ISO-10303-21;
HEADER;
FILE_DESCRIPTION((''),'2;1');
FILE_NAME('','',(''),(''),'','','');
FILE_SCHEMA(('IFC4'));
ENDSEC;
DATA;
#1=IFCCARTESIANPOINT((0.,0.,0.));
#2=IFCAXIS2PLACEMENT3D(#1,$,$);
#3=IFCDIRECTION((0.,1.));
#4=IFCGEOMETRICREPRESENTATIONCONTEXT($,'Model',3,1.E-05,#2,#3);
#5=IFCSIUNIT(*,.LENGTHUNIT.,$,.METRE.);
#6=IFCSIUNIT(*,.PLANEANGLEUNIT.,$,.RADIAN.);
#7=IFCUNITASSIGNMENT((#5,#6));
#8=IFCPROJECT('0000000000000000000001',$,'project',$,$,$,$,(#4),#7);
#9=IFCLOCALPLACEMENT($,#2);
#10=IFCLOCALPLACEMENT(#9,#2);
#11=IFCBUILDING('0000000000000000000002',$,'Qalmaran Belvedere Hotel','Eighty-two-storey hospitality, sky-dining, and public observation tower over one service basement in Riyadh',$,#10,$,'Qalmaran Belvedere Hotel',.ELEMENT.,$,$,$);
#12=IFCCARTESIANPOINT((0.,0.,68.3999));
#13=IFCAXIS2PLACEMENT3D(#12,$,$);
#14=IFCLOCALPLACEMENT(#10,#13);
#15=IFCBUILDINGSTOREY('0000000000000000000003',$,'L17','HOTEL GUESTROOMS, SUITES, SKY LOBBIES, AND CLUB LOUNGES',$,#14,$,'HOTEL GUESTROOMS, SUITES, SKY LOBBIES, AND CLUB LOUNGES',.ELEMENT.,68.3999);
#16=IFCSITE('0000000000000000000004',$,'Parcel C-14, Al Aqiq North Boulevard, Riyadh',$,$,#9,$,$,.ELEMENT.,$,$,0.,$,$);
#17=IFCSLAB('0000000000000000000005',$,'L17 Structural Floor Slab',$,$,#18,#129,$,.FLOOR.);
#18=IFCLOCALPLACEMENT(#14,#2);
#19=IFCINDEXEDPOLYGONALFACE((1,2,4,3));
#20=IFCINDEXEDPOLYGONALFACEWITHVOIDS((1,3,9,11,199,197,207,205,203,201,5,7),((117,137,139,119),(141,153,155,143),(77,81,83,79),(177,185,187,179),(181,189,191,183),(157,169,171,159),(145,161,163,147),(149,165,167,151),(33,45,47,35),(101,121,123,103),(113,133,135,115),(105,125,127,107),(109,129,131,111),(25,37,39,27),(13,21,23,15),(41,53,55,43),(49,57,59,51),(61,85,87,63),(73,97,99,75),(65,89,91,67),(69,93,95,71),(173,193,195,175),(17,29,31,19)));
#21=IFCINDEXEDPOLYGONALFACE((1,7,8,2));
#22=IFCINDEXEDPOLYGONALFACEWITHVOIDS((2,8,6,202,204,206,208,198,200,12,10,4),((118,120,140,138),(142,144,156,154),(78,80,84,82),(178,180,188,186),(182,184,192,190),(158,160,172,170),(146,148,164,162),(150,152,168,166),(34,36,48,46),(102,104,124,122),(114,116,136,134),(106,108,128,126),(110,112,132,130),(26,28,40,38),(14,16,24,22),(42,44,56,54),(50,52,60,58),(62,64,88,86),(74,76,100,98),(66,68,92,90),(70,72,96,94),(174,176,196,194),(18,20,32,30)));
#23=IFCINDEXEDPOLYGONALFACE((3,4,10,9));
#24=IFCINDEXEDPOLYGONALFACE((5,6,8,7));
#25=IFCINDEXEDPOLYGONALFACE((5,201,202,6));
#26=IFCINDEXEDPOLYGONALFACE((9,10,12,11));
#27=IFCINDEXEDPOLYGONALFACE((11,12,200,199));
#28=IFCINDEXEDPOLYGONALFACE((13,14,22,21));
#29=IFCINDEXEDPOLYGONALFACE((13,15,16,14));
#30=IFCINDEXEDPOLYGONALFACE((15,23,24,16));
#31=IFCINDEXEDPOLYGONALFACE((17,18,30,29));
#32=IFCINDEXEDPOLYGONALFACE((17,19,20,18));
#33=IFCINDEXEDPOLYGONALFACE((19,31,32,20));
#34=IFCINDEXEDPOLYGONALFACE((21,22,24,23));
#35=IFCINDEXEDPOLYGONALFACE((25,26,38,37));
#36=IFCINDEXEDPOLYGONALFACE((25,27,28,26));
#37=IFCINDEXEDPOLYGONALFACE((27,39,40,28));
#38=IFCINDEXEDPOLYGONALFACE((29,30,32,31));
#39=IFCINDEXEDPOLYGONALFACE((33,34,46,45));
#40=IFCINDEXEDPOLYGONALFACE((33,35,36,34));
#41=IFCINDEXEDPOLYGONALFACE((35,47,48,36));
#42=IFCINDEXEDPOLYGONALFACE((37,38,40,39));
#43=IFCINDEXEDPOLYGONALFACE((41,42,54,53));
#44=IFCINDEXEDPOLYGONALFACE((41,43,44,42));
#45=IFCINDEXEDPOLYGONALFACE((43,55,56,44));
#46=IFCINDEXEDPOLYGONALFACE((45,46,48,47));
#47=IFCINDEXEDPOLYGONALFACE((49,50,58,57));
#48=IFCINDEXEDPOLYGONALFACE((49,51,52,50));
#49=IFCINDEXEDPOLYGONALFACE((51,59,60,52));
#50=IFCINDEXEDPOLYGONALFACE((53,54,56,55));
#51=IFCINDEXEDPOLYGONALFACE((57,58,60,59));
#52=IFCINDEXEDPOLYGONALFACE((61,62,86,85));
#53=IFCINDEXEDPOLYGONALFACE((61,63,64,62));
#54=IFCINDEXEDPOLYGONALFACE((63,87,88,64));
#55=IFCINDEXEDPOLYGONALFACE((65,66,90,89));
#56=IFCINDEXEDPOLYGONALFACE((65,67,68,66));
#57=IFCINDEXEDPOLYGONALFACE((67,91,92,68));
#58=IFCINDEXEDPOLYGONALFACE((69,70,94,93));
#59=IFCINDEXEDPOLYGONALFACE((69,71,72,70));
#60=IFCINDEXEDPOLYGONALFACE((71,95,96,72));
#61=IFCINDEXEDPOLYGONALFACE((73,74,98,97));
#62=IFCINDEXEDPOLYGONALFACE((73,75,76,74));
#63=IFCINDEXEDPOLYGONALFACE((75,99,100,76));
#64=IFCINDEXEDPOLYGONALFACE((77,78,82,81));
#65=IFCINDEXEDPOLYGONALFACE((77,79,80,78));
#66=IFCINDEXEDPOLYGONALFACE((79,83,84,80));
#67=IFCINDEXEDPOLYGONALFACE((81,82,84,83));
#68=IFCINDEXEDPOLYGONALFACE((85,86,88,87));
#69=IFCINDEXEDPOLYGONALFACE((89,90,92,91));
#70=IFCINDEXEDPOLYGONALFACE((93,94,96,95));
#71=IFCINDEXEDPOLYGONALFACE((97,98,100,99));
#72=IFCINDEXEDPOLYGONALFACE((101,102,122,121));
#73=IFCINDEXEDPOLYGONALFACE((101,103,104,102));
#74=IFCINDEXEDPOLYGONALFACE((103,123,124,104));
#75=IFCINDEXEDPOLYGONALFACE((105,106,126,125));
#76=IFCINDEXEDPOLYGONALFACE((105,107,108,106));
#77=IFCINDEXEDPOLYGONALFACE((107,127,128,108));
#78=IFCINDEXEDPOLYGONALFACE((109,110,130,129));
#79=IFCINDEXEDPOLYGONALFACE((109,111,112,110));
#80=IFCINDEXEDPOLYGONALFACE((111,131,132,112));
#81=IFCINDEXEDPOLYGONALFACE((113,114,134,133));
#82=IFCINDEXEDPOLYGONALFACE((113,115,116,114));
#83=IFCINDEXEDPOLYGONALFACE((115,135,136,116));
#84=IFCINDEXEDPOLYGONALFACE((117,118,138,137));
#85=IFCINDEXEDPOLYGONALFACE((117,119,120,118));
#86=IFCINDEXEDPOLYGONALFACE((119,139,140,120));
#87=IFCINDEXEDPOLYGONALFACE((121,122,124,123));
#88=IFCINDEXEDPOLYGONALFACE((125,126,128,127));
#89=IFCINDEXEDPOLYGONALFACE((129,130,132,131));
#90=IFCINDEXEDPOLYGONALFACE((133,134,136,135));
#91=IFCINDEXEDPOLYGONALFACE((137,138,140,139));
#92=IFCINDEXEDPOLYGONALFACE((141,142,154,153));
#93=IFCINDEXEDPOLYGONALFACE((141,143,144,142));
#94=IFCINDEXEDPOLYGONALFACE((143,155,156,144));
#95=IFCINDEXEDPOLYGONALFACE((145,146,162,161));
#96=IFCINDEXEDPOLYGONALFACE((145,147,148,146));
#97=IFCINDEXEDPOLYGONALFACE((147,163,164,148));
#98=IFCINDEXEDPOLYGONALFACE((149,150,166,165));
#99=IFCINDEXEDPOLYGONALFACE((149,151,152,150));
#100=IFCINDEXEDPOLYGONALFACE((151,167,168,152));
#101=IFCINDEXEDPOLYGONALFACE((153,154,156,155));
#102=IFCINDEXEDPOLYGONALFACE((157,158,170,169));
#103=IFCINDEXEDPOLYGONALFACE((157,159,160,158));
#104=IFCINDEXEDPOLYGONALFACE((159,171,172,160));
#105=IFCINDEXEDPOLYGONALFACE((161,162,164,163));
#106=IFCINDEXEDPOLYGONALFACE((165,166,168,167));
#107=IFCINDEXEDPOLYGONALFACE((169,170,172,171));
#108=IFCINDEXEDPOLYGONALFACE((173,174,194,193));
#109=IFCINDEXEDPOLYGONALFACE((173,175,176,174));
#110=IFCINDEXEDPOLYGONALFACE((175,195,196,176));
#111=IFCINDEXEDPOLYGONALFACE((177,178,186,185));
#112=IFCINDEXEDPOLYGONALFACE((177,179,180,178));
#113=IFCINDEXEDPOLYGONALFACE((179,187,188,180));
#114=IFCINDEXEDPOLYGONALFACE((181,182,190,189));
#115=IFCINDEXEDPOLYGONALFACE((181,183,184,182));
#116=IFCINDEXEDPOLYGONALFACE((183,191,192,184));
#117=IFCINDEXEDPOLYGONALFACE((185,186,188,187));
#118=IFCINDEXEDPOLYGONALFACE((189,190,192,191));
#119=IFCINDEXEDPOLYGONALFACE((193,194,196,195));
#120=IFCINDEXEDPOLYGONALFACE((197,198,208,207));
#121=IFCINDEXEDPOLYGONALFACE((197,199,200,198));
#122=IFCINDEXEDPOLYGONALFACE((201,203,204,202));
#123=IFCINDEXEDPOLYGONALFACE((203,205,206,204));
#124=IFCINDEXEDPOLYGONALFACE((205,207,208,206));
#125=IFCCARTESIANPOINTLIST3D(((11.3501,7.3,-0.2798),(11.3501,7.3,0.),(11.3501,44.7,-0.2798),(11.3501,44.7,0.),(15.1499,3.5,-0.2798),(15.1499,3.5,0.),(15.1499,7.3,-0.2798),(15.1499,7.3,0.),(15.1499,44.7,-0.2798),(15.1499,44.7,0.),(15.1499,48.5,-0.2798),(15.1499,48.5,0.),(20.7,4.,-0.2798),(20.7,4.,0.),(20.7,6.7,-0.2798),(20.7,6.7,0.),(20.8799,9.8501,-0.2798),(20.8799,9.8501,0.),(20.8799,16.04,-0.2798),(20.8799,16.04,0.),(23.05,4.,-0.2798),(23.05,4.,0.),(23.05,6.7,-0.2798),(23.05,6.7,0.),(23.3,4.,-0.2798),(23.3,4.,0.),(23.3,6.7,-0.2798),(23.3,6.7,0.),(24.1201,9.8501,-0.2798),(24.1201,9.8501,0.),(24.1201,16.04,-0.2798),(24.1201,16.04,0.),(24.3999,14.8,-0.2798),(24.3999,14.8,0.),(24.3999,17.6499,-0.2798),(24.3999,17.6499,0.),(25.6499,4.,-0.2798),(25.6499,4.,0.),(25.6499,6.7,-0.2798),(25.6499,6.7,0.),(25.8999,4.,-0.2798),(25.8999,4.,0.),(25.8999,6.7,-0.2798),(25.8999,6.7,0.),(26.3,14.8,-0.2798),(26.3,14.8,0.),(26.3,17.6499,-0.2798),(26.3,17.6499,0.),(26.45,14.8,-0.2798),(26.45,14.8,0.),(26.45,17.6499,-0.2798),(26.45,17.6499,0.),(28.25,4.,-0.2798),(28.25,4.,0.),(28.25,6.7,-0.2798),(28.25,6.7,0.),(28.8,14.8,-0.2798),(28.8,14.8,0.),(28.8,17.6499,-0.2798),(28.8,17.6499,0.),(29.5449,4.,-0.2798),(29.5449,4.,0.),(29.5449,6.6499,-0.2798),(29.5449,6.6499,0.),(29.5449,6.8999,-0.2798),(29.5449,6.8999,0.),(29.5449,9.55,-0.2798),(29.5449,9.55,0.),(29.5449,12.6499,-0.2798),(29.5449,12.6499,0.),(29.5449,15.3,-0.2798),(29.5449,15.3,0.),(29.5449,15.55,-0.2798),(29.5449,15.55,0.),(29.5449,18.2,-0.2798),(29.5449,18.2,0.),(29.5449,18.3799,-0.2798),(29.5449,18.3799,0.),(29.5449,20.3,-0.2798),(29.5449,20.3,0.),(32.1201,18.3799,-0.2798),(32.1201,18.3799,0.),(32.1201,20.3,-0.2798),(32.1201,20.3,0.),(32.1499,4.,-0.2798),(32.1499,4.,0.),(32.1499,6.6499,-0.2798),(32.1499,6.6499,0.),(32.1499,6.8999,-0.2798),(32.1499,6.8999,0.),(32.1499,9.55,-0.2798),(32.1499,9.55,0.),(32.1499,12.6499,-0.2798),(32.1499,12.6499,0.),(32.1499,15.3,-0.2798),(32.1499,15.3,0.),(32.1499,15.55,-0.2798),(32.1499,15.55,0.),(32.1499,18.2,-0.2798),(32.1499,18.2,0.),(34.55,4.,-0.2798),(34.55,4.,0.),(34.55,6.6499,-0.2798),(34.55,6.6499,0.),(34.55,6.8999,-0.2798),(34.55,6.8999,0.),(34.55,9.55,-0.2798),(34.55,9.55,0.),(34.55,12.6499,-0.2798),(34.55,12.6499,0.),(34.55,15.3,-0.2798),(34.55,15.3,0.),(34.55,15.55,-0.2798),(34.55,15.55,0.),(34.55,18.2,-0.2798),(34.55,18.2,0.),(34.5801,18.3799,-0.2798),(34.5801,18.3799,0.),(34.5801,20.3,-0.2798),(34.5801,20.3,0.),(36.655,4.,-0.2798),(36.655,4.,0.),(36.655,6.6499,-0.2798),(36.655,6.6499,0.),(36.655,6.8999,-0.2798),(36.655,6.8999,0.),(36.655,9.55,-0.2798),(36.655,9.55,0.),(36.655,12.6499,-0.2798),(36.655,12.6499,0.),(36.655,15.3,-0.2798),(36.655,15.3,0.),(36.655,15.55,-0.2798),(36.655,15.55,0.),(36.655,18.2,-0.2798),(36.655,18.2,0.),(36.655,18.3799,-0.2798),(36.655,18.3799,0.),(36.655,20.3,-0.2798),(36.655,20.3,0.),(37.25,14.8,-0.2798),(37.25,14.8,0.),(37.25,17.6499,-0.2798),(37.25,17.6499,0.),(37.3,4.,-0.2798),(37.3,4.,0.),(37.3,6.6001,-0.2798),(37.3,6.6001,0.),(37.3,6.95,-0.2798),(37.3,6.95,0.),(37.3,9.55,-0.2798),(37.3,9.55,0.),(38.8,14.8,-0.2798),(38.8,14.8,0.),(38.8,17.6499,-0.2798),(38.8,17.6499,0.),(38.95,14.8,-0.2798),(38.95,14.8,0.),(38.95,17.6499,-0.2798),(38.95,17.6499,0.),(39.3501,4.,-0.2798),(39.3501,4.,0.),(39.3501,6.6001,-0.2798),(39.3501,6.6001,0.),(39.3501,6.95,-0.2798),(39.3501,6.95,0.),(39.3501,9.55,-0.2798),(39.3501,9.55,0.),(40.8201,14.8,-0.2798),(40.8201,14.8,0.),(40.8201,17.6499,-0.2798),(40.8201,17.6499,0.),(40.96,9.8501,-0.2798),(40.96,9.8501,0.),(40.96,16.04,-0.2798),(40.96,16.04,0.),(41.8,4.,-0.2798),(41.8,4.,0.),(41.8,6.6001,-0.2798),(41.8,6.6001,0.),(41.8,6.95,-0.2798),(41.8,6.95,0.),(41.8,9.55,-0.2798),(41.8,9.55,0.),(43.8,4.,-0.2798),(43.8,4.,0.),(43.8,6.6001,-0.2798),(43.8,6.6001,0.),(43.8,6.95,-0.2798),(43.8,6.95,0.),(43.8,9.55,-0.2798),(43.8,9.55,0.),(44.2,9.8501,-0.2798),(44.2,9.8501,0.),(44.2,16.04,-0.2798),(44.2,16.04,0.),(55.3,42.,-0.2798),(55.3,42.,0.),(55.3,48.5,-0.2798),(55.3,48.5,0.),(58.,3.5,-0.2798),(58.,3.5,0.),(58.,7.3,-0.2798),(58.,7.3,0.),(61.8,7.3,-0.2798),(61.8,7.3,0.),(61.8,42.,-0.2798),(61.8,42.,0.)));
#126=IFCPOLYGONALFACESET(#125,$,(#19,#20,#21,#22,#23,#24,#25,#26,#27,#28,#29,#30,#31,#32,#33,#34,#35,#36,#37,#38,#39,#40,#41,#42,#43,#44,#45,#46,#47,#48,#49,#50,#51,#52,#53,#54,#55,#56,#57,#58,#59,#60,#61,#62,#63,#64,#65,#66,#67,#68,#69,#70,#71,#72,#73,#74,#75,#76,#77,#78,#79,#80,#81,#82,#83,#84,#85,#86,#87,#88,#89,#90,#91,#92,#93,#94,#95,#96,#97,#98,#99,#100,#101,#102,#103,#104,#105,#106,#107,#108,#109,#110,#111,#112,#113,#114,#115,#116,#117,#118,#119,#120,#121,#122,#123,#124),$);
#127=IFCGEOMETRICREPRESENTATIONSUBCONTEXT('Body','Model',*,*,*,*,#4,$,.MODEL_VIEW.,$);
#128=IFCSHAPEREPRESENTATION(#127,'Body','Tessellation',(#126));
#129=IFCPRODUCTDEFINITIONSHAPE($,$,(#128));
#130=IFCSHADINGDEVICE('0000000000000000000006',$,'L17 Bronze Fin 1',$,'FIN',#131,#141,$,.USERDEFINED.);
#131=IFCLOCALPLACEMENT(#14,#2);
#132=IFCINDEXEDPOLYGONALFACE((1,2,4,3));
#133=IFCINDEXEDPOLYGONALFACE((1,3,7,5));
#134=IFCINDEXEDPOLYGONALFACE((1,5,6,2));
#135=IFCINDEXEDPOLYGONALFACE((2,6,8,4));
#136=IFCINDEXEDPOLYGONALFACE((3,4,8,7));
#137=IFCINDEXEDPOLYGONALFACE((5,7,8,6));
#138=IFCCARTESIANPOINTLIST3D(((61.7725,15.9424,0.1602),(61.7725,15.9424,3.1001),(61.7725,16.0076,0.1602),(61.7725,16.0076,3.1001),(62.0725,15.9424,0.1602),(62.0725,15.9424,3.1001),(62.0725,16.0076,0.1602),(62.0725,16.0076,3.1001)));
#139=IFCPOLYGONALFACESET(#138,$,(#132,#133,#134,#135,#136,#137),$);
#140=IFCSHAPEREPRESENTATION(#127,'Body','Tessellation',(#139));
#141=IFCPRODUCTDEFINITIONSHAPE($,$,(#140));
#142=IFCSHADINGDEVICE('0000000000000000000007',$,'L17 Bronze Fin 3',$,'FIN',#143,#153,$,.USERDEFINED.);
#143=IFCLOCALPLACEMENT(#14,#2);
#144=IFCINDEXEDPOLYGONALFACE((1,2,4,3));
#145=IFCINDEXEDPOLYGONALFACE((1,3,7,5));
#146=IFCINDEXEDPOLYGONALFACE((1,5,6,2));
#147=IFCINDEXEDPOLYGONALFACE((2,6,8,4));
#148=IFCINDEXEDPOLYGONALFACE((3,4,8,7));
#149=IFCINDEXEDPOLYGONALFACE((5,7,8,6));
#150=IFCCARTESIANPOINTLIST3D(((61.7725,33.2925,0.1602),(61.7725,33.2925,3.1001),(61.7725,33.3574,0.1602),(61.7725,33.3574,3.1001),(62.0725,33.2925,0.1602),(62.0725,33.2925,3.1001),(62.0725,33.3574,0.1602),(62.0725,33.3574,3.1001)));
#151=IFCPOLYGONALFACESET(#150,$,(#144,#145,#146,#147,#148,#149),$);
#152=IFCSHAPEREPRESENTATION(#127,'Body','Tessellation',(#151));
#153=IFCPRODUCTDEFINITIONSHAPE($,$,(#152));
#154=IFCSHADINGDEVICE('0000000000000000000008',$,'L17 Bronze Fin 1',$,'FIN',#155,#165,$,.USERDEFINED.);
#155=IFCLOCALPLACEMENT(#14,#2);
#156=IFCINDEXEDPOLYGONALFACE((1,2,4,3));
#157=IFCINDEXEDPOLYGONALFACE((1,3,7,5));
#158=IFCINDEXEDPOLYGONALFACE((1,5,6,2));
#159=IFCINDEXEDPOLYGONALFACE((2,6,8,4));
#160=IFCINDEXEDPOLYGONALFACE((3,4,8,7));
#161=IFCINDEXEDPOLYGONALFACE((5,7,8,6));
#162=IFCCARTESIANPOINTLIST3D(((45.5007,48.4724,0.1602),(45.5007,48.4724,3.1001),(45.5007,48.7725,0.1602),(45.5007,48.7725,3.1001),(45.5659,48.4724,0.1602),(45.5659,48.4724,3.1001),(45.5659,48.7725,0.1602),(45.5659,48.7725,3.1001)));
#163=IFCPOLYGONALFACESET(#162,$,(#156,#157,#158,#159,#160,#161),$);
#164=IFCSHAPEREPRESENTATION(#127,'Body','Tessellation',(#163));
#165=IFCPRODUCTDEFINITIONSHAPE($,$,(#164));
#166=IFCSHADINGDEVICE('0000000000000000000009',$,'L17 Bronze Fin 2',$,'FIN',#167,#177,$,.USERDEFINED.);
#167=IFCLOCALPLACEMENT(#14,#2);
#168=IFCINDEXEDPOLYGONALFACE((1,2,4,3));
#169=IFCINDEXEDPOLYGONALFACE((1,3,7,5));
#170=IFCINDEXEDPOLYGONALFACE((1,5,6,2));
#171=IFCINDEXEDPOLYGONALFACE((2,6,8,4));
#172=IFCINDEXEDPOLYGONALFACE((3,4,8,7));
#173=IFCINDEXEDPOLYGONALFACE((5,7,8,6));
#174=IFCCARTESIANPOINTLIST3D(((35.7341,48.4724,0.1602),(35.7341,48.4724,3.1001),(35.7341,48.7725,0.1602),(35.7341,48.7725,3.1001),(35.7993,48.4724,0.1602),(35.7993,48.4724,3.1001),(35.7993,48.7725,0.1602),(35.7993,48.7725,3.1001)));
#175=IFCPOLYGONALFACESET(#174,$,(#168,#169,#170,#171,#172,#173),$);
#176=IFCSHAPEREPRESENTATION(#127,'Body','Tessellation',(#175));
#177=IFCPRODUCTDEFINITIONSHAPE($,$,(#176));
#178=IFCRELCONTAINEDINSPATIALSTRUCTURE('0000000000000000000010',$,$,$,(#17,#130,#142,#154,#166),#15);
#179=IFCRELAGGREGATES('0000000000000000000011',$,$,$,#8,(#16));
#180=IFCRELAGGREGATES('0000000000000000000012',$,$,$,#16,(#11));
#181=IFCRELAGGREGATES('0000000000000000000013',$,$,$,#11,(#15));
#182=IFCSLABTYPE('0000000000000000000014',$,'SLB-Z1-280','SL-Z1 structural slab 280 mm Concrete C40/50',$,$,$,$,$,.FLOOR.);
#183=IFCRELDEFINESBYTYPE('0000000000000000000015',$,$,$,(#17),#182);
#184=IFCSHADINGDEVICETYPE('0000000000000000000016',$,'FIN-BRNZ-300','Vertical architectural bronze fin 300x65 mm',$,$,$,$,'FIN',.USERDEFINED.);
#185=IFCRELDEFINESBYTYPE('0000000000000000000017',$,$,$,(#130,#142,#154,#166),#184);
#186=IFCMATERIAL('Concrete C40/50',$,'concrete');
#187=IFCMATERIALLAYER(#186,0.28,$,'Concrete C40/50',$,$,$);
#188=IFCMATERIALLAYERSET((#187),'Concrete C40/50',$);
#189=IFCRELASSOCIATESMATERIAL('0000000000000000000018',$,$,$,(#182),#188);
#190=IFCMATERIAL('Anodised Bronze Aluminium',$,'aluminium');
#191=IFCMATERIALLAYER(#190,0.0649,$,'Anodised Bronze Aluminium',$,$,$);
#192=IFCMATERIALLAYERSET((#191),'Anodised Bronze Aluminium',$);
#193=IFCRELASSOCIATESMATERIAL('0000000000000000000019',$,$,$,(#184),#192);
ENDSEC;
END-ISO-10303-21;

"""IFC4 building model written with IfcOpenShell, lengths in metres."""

from ifc_helpers import new_model, si_unit, direction, frame, origin, place, context, subcontext, project, spatial, polyline, outline, extrude, material, layer, layer_set, type_object, element, save


model = new_model("IFC4")

# Units and contexts
model_context = context("Model", 3, precision=1e-05, world=origin(), true_north=direction((0.0, 1.0)))
body_context = subcontext(model_context, "Body", "Model", "MODEL_VIEW")
ifc_project = project(units=[si_unit("LENGTHUNIT", "METRE"), si_unit("PLANEANGLEUNIT", "RADIAN")], contexts=[model_context])

# Site, building, storey
site_placement = place(None, origin())
site = spatial("IfcSite", under=ifc_project, at=site_placement, Name="Parcel C-14, Al Aqiq North Boulevard, Riyadh", CompositionType="ELEMENT", RefElevation=0.0)
building_placement = place(site_placement, origin())
building = spatial("IfcBuilding", under=site, at=building_placement, Name="Qalmaran Belvedere Hotel", Description="Eighty-two-storey hospitality, sky-dining, and public observation tower over one service basement in Riyadh", LongName="Qalmaran Belvedere Hotel", CompositionType="ELEMENT")
storey_placement = place(building_placement, frame((0.0, 0.0, 68.3999)))
storey = spatial("IfcBuildingStorey", under=building, at=storey_placement, Name="L17", Description="HOTEL GUESTROOMS, SUITES, SKY LOBBIES, AND CLUB LOUNGES", LongName="HOTEL GUESTROOMS, SUITES, SKY LOBBIES, AND CLUB LOUNGES", CompositionType="ELEMENT", Elevation=68.3999)

# Shared definitions
ifc_material_1 = material(Name="Anodised Bronze Aluminium", Category="aluminium")

# Shared definitions
ifc_material_2 = material(Name="Concrete C40/50", Category="concrete")

# Slab
ifc_layer_1 = layer(ifc_material_2, 0.28, Name="Concrete C40/50")
ifc_layer_set_1 = layer_set([ifc_layer_1], Name="Concrete C40/50")
slab_type_1 = type_object("IfcSlabType", Name="SLB-Z1-280", Description="SL-Z1 structural slab 280 mm Concrete C40/50", PredefinedType="FLOOR", material=ifc_layer_set_1)
slab_1_placement = place(storey_placement, frame((0.0, 0.0, -0.2798)))
element("IfcSlab", 1, at=slab_1_placement, inside=storey, type_object=slab_type_1, Name="L17 Structural Floor Slab", PredefinedType="FLOOR", context=body_context, shape_type="SweptSolid", body=[
    extrude(outline(polyline([(15.1499, 3.5), (58.0, 3.5), (58.0, 7.3), (61.8, 7.3), (61.8, 42.0), (55.3, 42.0), (55.3, 48.5), (15.1499, 48.5), (15.1499, 44.7), (11.3501, 44.7), (11.3501, 7.3), (15.1499, 7.3), (15.1499, 3.5)]), holes=[polyline([(20.8799, 9.8501), (24.1201, 9.8501), (24.1201, 16.04), (20.8799, 16.04), (20.8799, 9.8501)]), polyline([(40.96, 9.8501), (44.2, 9.8501), (44.2, 16.04), (40.96, 16.04), (40.96, 9.8501)]), polyline([(29.5449, 4.0), (32.1499, 4.0), (32.1499, 6.6499), (29.5449, 6.6499), (29.5449, 4.0)]), polyline([(29.5449, 6.8999), (32.1499, 6.8999), (32.1499, 9.55), (29.5449, 9.55), (29.5449, 6.8999)]), polyline([(34.55, 4.0), (36.655, 4.0), (36.655, 6.6499), (34.55, 6.6499), (34.55, 4.0)]), polyline([(34.55, 6.8999), (36.655, 6.8999), (36.655, 9.55), (34.55, 9.55), (34.55, 6.8999)]), polyline([(29.5449, 12.6499), (32.1499, 12.6499), (32.1499, 15.3), (29.5449, 15.3), (29.5449, 12.6499)]), polyline([(29.5449, 15.55), (32.1499, 15.55), (32.1499, 18.2), (29.5449, 18.2), (29.5449, 15.55)]), polyline([(34.55, 12.6499), (36.655, 12.6499), (36.655, 15.3), (34.55, 15.3), (34.55, 12.6499)]), polyline([(34.55, 15.55), (36.655, 15.55), (36.655, 18.2), (34.55, 18.2), (34.55, 15.55)]), polyline([(37.3, 4.0), (39.3501, 4.0), (39.3501, 6.6001), (37.3, 6.6001), (37.3, 4.0)]), polyline([(37.3, 6.95), (39.3501, 6.95), (39.3501, 9.55), (37.3, 9.55), (37.3, 6.95)]), polyline([(41.8, 4.0), (43.8, 4.0), (43.8, 6.6001), (41.8, 6.6001), (41.8, 4.0)]), polyline([(41.8, 6.95), (43.8, 6.95), (43.8, 9.55), (41.8, 9.55), (41.8, 6.95)]), polyline([(20.7, 4.0), (23.05, 4.0), (23.05, 6.7), (20.7, 6.7), (20.7, 4.0)]), polyline([(23.3, 4.0), (25.6499, 4.0), (25.6499, 6.7), (23.3, 6.7), (23.3, 4.0)]), polyline([(25.8999, 4.0), (28.25, 4.0), (28.25, 6.7), (25.8999, 6.7), (25.8999, 4.0)]), polyline([(24.3999, 14.8), (26.3, 14.8), (26.3, 17.6499), (24.3999, 17.6499), (24.3999, 14.8)]), polyline([(38.95, 14.8), (40.8201, 14.8), (40.8201, 17.6499), (38.95, 17.6499), (38.95, 14.8)]), polyline([(26.45, 14.8), (28.8, 14.8), (28.8, 17.6499), (26.45, 17.6499), (26.45, 14.8)]), polyline([(37.25, 14.8), (38.8, 14.8), (38.8, 17.6499), (37.25, 17.6499), (37.25, 14.8)]), polyline([(29.5449, 18.3799), (32.1201, 18.3799), (32.1201, 20.3), (29.5449, 20.3), (29.5449, 18.3799)]), polyline([(34.5801, 18.3799), (36.655, 18.3799), (36.655, 20.3), (34.5801, 20.3), (34.5801, 18.3799)])]), origin(), (0.0, 0.0, 1.0), 0.2798),
])

# Shading devices
ifc_layer_2 = layer(ifc_material_1, 0.0649, Name="Anodised Bronze Aluminium")
ifc_layer_set_2 = layer_set([ifc_layer_2], Name="Anodised Bronze Aluminium")
shading_device_type = type_object("IfcShadingDeviceType", Name="FIN-BRNZ-300", Description="Vertical architectural bronze fin 300x65 mm", ElementType="FIN", PredefinedType="USERDEFINED", material=ifc_layer_set_2)
shading_device_1_placement = place(storey_placement, frame((0.0, 0.0, 0.1602)))
element("IfcShadingDevice", 2, at=shading_device_1_placement, inside=storey, type_object=shading_device_type, Name="L17 Bronze Fin 1", ObjectType="FIN", PredefinedType="USERDEFINED", context=body_context, shape_type="SweptSolid", body=[
    extrude(outline(polyline([(61.7725, 15.9424), (62.0725, 15.9424), (62.0725, 16.0076), (61.7725, 16.0076), (61.7725, 15.9424)])), origin(), (0.0, 0.0, 1.0), 2.9399),
])
shading_device_2_placement = place(storey_placement, frame((0.0, 0.0, 0.1602)))
element("IfcShadingDevice", 3, at=shading_device_2_placement, inside=storey, type_object=shading_device_type, Name="L17 Bronze Fin 3", ObjectType="FIN", PredefinedType="USERDEFINED", context=body_context, shape_type="SweptSolid", body=[
    extrude(outline(polyline([(61.7725, 33.2925), (62.0725, 33.2925), (62.0725, 33.3574), (61.7725, 33.3574), (61.7725, 33.2925)])), origin(), (0.0, 0.0, 1.0), 2.9399),
])
shading_device_3_placement = place(storey_placement, frame((0.0, 0.0, 0.1602)))
element("IfcShadingDevice", 4, at=shading_device_3_placement, inside=storey, type_object=shading_device_type, Name="L17 Bronze Fin 1", ObjectType="FIN", PredefinedType="USERDEFINED", context=body_context, shape_type="SweptSolid", body=[
    extrude(outline(polyline([(45.5659, 48.4724), (45.5659, 48.7725), (45.5007, 48.7725), (45.5007, 48.4724), (45.5659, 48.4724)])), origin(), (0.0, 0.0, 1.0), 2.9399),
])
shading_device_4_placement = place(storey_placement, frame((0.0, 0.0, 0.1602)))
element("IfcShadingDevice", 5, at=shading_device_4_placement, inside=storey, type_object=shading_device_type, Name="L17 Bronze Fin 2", ObjectType="FIN", PredefinedType="USERDEFINED", context=body_context, shape_type="SweptSolid", body=[
    extrude(outline(polyline([(35.7993, 48.4724), (35.7993, 48.7725), (35.7341, 48.7725), (35.7341, 48.4724), (35.7993, 48.4724)])), origin(), (0.0, 0.0, 1.0), 2.9399),
])

save(model, "model.ifc")
